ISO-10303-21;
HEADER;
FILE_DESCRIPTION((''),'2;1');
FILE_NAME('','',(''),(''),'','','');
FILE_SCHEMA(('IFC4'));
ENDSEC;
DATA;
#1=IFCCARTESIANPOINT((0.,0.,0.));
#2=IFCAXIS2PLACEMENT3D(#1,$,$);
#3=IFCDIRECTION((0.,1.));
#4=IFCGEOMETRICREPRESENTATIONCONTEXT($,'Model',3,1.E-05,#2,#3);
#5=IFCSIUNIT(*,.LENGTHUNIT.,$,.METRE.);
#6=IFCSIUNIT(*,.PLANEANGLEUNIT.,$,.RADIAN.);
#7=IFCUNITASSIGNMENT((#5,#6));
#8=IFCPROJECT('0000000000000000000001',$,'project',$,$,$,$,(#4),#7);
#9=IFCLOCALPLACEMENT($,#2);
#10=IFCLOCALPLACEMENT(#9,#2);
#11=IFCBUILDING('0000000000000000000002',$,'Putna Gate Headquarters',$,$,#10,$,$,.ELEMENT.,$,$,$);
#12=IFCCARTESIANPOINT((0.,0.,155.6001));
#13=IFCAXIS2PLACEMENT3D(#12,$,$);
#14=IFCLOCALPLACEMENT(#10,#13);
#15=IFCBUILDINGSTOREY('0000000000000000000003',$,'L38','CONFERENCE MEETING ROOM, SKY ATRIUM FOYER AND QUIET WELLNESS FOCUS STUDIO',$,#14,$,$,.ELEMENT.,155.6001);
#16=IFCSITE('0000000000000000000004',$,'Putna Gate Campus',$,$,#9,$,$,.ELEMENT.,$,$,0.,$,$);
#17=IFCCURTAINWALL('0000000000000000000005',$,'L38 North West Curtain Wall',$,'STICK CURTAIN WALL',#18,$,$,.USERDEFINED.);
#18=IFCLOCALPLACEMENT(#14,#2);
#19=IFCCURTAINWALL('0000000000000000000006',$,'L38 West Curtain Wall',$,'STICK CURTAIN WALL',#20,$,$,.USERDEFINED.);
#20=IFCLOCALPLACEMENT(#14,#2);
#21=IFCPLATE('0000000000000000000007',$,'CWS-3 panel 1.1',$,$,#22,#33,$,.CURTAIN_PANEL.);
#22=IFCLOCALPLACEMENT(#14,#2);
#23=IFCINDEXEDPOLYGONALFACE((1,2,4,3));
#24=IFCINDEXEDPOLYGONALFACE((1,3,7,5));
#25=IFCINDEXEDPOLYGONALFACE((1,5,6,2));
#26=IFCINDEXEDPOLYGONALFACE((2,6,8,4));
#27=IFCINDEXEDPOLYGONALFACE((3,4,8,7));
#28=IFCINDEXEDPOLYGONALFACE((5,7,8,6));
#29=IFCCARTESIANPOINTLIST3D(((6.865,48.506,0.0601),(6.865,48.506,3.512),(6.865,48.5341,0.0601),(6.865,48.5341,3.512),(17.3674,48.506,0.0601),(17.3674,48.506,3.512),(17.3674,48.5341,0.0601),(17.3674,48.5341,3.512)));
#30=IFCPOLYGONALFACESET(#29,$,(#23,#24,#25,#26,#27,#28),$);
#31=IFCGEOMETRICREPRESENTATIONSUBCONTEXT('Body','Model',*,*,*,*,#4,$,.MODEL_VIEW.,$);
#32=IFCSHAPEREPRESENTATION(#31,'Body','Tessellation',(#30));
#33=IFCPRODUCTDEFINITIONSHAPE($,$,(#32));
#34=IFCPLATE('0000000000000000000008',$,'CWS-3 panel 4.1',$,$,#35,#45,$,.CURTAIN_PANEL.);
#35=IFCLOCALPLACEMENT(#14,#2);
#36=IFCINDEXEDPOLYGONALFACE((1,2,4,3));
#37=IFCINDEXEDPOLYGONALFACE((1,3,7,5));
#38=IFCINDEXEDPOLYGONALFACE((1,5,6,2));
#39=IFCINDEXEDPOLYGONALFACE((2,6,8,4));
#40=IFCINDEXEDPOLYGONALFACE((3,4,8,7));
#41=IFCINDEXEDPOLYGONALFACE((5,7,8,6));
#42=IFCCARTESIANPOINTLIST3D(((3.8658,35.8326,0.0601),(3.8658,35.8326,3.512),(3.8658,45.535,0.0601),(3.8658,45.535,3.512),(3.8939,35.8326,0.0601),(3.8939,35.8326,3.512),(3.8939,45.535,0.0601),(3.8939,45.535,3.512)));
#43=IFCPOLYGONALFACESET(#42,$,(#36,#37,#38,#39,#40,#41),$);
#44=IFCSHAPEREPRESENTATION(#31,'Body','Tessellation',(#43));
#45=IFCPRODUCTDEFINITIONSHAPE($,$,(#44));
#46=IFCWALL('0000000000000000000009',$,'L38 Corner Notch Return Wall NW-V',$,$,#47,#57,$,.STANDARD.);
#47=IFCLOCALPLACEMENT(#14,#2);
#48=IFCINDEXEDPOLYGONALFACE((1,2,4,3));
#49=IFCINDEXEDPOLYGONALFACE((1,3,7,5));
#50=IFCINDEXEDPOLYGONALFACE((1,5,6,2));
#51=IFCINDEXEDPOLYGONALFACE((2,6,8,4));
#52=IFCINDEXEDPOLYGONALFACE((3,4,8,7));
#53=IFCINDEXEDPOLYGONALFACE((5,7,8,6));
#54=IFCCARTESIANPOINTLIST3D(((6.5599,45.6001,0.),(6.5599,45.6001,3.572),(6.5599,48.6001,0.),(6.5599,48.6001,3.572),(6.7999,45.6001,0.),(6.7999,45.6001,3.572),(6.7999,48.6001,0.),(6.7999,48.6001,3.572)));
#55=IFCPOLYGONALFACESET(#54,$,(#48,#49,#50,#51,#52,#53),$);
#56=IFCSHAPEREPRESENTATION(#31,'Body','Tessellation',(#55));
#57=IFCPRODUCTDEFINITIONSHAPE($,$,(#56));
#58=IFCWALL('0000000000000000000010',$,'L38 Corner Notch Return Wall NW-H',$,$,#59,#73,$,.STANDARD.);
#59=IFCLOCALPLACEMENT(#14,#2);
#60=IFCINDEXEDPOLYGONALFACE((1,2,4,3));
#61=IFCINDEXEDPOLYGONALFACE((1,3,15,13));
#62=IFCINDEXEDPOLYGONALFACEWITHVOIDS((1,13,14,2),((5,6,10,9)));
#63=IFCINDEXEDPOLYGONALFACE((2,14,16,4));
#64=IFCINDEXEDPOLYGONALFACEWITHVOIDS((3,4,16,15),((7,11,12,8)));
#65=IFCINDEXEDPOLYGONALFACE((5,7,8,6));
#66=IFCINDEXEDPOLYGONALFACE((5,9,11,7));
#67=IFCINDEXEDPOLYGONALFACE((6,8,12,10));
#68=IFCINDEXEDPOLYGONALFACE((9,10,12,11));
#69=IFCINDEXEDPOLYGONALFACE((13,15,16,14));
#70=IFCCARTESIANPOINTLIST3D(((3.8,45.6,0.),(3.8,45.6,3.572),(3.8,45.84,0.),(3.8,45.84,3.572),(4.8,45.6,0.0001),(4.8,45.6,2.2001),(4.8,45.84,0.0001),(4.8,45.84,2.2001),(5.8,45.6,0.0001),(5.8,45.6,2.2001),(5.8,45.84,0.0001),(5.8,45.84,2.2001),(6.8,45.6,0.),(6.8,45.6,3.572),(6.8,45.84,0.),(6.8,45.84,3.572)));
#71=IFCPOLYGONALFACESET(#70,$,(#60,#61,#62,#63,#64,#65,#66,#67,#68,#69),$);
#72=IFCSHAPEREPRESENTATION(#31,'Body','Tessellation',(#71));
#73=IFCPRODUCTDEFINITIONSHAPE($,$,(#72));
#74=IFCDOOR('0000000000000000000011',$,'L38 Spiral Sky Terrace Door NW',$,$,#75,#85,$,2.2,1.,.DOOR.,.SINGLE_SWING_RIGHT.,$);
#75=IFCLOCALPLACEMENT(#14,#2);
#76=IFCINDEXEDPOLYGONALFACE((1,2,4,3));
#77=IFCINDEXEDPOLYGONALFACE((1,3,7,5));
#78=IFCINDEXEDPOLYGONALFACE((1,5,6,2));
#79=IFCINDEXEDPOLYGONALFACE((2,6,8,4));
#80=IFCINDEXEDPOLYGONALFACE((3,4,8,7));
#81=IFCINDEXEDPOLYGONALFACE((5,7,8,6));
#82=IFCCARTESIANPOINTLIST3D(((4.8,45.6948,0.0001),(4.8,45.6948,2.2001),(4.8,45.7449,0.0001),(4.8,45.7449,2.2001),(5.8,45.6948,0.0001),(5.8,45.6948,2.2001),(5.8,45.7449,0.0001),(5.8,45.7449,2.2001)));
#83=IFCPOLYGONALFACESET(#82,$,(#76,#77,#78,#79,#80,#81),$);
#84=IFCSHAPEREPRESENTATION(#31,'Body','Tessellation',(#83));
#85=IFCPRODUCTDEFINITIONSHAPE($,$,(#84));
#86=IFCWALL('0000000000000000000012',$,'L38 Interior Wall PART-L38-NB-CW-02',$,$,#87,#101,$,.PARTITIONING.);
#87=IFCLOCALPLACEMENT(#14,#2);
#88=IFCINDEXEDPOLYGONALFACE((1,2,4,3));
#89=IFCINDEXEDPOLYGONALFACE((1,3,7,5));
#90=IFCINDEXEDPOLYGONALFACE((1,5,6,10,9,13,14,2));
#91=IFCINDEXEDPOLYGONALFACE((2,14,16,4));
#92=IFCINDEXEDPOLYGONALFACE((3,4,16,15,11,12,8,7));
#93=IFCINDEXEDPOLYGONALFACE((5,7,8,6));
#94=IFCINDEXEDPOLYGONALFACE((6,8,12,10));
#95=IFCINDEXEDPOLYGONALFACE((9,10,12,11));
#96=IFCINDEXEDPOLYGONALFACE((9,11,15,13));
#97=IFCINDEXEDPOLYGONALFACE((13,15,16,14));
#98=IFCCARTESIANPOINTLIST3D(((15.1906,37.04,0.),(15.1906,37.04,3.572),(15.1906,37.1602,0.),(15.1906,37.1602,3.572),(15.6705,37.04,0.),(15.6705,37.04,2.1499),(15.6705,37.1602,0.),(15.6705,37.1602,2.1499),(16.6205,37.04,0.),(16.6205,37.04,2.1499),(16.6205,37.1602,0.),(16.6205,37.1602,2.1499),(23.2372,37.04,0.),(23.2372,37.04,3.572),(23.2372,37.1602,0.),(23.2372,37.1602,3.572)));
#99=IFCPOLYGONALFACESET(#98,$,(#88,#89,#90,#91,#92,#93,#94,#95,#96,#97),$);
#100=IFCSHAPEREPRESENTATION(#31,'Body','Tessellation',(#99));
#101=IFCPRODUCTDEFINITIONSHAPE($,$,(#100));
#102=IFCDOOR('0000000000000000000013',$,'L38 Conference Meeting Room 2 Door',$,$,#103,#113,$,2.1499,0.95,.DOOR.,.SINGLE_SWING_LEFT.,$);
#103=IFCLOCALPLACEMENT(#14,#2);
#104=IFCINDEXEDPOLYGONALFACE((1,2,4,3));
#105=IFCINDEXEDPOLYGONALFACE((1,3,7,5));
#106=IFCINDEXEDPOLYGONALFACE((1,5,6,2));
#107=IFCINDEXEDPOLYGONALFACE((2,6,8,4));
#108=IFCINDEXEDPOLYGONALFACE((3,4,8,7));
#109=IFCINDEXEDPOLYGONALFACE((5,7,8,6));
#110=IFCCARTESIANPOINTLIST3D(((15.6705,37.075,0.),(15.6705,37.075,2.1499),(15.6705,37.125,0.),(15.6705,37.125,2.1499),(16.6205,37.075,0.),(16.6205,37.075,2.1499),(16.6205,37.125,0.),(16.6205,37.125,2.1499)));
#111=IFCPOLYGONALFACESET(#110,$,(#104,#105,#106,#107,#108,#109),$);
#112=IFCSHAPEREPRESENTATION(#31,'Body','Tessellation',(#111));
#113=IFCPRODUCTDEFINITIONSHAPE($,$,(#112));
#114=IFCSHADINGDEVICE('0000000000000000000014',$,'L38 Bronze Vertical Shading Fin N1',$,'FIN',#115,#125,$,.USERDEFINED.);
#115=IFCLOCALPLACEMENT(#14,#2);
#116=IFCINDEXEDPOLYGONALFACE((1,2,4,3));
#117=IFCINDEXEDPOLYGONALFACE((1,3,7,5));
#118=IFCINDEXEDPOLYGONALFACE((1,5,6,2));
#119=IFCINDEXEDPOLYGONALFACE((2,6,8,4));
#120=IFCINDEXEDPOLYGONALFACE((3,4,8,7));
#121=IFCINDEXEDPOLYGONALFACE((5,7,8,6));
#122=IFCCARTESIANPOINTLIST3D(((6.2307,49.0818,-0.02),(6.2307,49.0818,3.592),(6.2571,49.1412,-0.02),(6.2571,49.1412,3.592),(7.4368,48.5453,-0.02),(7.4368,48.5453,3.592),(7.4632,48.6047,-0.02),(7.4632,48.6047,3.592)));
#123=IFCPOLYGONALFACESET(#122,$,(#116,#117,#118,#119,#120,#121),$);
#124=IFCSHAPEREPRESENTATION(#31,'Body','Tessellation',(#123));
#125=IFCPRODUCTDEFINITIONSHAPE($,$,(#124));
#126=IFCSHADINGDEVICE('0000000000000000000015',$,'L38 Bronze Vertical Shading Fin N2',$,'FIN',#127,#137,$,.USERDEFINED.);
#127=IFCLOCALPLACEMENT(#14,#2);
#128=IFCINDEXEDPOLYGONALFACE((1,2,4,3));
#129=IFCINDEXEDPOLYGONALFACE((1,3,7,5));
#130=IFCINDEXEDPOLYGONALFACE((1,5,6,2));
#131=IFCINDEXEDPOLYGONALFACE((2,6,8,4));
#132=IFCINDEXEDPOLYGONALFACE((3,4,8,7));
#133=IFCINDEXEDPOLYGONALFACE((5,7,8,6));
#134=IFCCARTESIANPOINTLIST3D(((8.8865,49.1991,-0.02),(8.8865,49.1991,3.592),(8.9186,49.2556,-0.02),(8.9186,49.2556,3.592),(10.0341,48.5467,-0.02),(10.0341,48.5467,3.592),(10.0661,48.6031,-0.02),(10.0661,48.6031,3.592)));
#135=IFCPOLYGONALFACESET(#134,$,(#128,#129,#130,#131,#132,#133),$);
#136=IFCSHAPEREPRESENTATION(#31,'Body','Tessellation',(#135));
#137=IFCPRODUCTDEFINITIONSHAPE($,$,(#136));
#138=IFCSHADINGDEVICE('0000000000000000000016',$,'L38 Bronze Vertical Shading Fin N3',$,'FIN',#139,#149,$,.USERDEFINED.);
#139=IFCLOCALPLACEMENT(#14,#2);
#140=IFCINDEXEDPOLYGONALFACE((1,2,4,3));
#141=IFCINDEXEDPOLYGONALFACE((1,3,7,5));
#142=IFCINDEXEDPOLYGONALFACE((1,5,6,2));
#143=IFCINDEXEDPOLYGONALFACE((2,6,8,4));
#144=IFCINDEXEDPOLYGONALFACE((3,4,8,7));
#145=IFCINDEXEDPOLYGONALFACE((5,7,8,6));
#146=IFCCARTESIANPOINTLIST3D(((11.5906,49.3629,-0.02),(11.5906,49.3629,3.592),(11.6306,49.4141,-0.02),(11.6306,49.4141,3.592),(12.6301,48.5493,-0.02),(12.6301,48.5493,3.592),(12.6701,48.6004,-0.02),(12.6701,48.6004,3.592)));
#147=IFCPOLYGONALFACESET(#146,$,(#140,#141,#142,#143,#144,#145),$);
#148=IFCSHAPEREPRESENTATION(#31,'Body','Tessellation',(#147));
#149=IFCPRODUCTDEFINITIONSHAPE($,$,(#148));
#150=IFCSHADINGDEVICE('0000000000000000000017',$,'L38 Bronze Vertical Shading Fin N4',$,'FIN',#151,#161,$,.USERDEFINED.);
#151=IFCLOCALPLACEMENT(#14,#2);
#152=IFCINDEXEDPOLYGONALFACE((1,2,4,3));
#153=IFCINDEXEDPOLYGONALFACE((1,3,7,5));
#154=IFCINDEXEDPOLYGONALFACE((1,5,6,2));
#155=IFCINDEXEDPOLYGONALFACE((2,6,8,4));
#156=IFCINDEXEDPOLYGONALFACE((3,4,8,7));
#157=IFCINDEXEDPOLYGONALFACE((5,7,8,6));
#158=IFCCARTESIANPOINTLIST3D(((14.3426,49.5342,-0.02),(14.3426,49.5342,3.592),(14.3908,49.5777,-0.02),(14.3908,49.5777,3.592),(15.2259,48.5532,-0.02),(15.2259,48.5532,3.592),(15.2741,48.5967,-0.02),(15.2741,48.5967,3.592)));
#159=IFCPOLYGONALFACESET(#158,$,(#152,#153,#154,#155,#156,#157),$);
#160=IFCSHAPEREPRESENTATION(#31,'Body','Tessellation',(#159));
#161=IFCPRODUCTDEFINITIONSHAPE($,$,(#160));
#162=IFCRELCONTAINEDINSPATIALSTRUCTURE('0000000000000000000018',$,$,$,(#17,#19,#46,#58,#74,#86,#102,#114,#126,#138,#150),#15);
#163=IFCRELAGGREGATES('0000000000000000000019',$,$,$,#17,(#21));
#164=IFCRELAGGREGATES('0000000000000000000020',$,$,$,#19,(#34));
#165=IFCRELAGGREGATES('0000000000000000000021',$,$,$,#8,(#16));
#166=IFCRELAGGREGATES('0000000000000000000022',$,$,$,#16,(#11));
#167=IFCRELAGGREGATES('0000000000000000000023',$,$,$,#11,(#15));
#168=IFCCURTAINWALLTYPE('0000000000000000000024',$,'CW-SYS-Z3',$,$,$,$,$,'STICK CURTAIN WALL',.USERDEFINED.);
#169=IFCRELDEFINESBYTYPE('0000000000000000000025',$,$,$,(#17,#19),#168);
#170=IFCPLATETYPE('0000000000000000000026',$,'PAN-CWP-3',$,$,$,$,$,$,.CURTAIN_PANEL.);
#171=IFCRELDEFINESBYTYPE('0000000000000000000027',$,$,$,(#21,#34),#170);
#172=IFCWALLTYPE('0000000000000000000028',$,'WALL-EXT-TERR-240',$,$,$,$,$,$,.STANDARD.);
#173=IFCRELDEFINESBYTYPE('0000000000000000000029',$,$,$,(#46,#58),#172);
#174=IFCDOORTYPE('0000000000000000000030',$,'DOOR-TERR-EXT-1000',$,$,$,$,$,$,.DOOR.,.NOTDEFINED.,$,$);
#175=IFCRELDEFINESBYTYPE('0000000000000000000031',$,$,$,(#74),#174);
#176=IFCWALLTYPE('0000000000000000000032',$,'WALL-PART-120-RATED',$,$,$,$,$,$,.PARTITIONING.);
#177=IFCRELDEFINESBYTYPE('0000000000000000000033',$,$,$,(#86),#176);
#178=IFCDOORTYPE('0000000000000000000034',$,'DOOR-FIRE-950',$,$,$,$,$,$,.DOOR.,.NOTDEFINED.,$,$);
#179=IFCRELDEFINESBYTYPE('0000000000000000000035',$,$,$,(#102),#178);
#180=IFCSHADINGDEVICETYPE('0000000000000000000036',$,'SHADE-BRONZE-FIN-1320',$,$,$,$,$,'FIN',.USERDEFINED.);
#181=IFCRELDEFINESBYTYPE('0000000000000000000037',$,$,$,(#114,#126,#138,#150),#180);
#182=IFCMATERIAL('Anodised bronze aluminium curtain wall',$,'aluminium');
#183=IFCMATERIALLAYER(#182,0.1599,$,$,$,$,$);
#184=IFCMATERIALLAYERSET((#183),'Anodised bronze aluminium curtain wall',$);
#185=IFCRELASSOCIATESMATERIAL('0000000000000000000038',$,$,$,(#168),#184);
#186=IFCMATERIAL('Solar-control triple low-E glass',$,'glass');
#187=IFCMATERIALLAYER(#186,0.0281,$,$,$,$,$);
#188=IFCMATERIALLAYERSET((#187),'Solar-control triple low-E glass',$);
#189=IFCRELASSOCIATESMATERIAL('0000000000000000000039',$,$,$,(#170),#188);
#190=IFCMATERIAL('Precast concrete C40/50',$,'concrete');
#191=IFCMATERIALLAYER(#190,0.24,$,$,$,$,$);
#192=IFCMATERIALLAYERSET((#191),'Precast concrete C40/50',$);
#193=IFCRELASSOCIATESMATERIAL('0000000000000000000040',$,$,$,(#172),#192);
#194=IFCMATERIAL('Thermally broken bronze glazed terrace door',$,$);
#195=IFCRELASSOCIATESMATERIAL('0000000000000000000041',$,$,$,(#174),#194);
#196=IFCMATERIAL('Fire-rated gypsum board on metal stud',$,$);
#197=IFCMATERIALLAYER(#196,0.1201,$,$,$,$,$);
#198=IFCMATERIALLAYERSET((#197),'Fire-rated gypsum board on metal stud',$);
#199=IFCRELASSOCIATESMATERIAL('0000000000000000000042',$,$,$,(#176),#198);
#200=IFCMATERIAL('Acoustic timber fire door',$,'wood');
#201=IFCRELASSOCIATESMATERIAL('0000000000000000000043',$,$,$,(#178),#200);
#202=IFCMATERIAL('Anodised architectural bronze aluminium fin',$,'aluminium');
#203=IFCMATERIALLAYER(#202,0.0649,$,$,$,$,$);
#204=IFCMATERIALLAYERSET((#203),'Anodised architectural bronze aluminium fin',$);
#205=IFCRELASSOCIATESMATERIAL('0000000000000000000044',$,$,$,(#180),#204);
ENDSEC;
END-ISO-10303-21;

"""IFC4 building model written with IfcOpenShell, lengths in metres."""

from ifc_helpers import new_model, si_unit, direction, frame, frame_2d, origin, origin_2d, place, context, subcontext, project, spatial, rectangle, extrude, material, layer, layer_set, type_object, element, fill, aggregate, save


model = new_model("IFC4")

# Units and contexts
model_context = context("Model", 3, precision=1e-05, world=origin(), true_north=direction((0.0, 1.0)))
body_context = subcontext(model_context, "Body", "Model", "MODEL_VIEW")
ifc_project = project(units=[si_unit("LENGTHUNIT", "METRE"), si_unit("PLANEANGLEUNIT", "RADIAN")], contexts=[model_context])

# Site, building, storey
site_placement = place(None, origin())
site = spatial("IfcSite", under=ifc_project, at=site_placement, Name="Putna Gate Campus", CompositionType="ELEMENT", RefElevation=0.0)
building_placement = place(site_placement, origin())
building = spatial("IfcBuilding", under=site, at=building_placement, Name="Putna Gate Headquarters", CompositionType="ELEMENT")
storey_placement = place(building_placement, frame((0.0, 0.0, 155.6001)))
storey = spatial("IfcBuildingStorey", under=building, at=storey_placement, Name="L38", Description="CONFERENCE MEETING ROOM, SKY ATRIUM FOYER AND QUIET WELLNESS FOCUS STUDIO", CompositionType="ELEMENT", Elevation=155.6001)

# Curtain wall
ifc_material_1 = material(Name="Anodised bronze aluminium curtain wall", Category="aluminium")
ifc_layer_1 = layer(ifc_material_1, 0.1599)
ifc_layer_set_1 = layer_set([ifc_layer_1], Name="Anodised bronze aluminium curtain wall")
curtain_wall_type = type_object("IfcCurtainWallType", Name="CW-SYS-Z3", ElementType="STICK CURTAIN WALL", PredefinedType="USERDEFINED", material=ifc_layer_set_1)
curtain_wall_1_placement = place(storey_placement, origin())
curtain_wall_1 = element("IfcCurtainWall", 1, at=curtain_wall_1_placement, inside=storey, type_object=curtain_wall_type, Name="L38 North West Curtain Wall", ObjectType="STICK CURTAIN WALL", PredefinedType="USERDEFINED")

# Curtain wall
curtain_wall_2_placement = place(storey_placement, origin())
curtain_wall_2 = element("IfcCurtainWall", 2, at=curtain_wall_2_placement, inside=storey, type_object=curtain_wall_type, Name="L38 West Curtain Wall", ObjectType="STICK CURTAIN WALL", PredefinedType="USERDEFINED")

# Plates
ifc_material_2 = material(Name="Solar-control triple low-E glass", Category="glass")
ifc_layer_2 = layer(ifc_material_2, 0.0281)
ifc_layer_set_2 = layer_set([ifc_layer_2], Name="Solar-control triple low-E glass")
plate_type = type_object("IfcPlateType", Name="PAN-CWP-3", PredefinedType="CURTAIN_PANEL", material=ifc_layer_set_2)
plate_1_placement = place(storey_placement, frame((12.1162, 48.52, 0.0601), z_axis=(0.0, 0.0, 1.0), x_axis=(1.0, 0.0, 0.0)))
plate_1 = element("IfcPlate", 3, at=plate_1_placement, type_object=plate_type, Name="CWS-3 panel 1.1", PredefinedType="CURTAIN_PANEL", context=body_context, shape_type="SweptSolid", body=[
    extrude(rectangle(XDim=10.5024, YDim=0.0281, at=origin_2d()), origin(), (0.0, 0.0, 1.0), 3.4519),
])
aggregate(curtain_wall_1, [plate_1])
plate_2_placement = place(storey_placement, frame((3.8799, 40.6838, 0.0601), z_axis=(0.0, 0.0, 1.0), x_axis=(0.0, 1.0, 0.0)))
plate_2 = element("IfcPlate", 4, at=plate_2_placement, type_object=plate_type, Name="CWS-3 panel 4.1", PredefinedType="CURTAIN_PANEL", context=body_context, shape_type="SweptSolid", body=[
    extrude(rectangle(XDim=9.7024, YDim=0.0281, at=origin_2d()), origin(), (0.0, 0.0, 1.0), 3.4519),
])
aggregate(curtain_wall_2, [plate_2])

# Wall
ifc_material_3 = material(Name="Precast concrete C40/50", Category="concrete")
ifc_layer_3 = layer(ifc_material_3, 0.24)
ifc_layer_set_3 = layer_set([ifc_layer_3], Name="Precast concrete C40/50")
wall_type_1 = type_object("IfcWallType", Name="WALL-EXT-TERR-240", PredefinedType="STANDARD", material=ifc_layer_set_3)
wall_1_placement = place(storey_placement, frame((6.6799, 45.6001, 0.0), z_axis=(0.0, 0.0, 1.0), x_axis=(0.0, 1.0, 0.0)))
element("IfcWall", 5, at=wall_1_placement, inside=storey, type_object=wall_type_1, Name="L38 Corner Notch Return Wall NW-V", PredefinedType="STANDARD", context=body_context, shape_type="SweptSolid", body=[
    extrude(rectangle(XDim=3.0, YDim=0.24, at=frame_2d((1.5, 0.0))), origin(), (0.0, 0.0, 1.0), 3.572),
])

# Walls, openings, doors
wall_2_placement = place(storey_placement, frame((3.8, 45.72, 0.0), z_axis=(0.0, 0.0, 1.0), x_axis=(1.0, 0.0, 0.0)))
wall_2 = element("IfcWall", 6, at=wall_2_placement, inside=storey, type_object=wall_type_1, Name="L38 Corner Notch Return Wall NW-H", PredefinedType="STANDARD", context=body_context, shape_type="SweptSolid", body=[
    extrude(rectangle(XDim=3.0, YDim=0.24, at=frame_2d((1.5, 0.0))), origin(), (0.0, 0.0, 1.0), 3.572),
])
opening_1_placement = place(wall_2_placement, frame((1.0, 0.0, 0.0)))
opening_1 = element("IfcOpeningElement", 7, at=opening_1_placement, cuts=wall_2, PredefinedType="OPENING", context=body_context, shape_type="SweptSolid", body=[
    extrude(rectangle(XDim=1.0, YDim=2.2, at=frame_2d((0.5, 1.1001))), frame((0.0, 0.1299, 0.0), z_axis=(0.0, -1.0, 0.0), x_axis=(1.0, 0.0, 0.0)), (0.0, 0.0, 1.0), 0.26),
])
ifc_material_4 = material(Name="Thermally broken bronze glazed terrace door")
door_type_1 = type_object("IfcDoorType", Name="DOOR-TERR-EXT-1000", OperationType="NOTDEFINED", PredefinedType="DOOR", material=ifc_material_4)
door_1_placement = place(opening_1_placement, origin())
door_1 = element("IfcDoor", 8, at=door_1_placement, inside=storey, type_object=door_type_1, Name="L38 Spiral Sky Terrace Door NW", OperationType="SINGLE_SWING_RIGHT", OverallHeight=2.2, OverallWidth=1.0, PredefinedType="DOOR", context=body_context, shape_type="SweptSolid", body=[
    extrude(rectangle(XDim=1.0, YDim=2.2, at=frame_2d((0.5, 1.1001))), frame((0.0, 0.0249, 0.0), z_axis=(0.0, -1.0, 0.0), x_axis=(1.0, 0.0, 0.0)), (0.0, 0.0, 1.0), 0.05),
])
fill(opening_1, door_1)
ifc_material_5 = material(Name="Fire-rated gypsum board on metal stud")
ifc_layer_4 = layer(ifc_material_5, 0.1201)
ifc_layer_set_4 = layer_set([ifc_layer_4], Name="Fire-rated gypsum board on metal stud")
wall_type_2 = type_object("IfcWallType", Name="WALL-PART-120-RATED", PredefinedType="PARTITIONING", material=ifc_layer_set_4)
wall_3_placement = place(storey_placement, frame((15.1904, 37.1001, 0.0), z_axis=(0.0, 0.0, 1.0), x_axis=(1.0, 0.0, 0.0)))
wall_3 = element("IfcWall", 9, at=wall_3_placement, inside=storey, type_object=wall_type_2, Name="L38 Interior Wall PART-L38-NB-CW-02", PredefinedType="PARTITIONING", context=body_context, shape_type="SweptSolid", body=[
    extrude(rectangle(XDim=8.0466, YDim=0.1201, at=frame_2d((4.0234, 0.0))), origin(), (0.0, 0.0, 1.0), 3.572),
])
opening_2_placement = place(wall_3_placement, frame((0.48, 0.0, 0.0)))
opening_2 = element("IfcOpeningElement", 10, at=opening_2_placement, cuts=wall_3, PredefinedType="OPENING", context=body_context, shape_type="SweptSolid", body=[
    extrude(rectangle(XDim=0.95, YDim=2.1499, at=frame_2d((0.4751, 1.075))), frame((0.0, 0.0701, 0.0), z_axis=(0.0, -1.0, 0.0), x_axis=(1.0, 0.0, 0.0)), (0.0, 0.0, 1.0), 0.1401),
])
ifc_material_6 = material(Name="Acoustic timber fire door", Category="wood")
door_type_2 = type_object("IfcDoorType", Name="DOOR-FIRE-950", OperationType="NOTDEFINED", PredefinedType="DOOR", material=ifc_material_6)
door_2_placement = place(opening_2_placement, origin())
door_2 = element("IfcDoor", 11, at=door_2_placement, inside=storey, type_object=door_type_2, Name="L38 Conference Meeting Room 2 Door", OperationType="SINGLE_SWING_LEFT", OverallHeight=2.1499, OverallWidth=0.95, PredefinedType="DOOR", context=body_context, shape_type="SweptSolid", body=[
    extrude(rectangle(XDim=0.95, YDim=2.1499, at=frame_2d((0.4751, 1.075))), frame((0.0, 0.0249, 0.0), z_axis=(0.0, -1.0, 0.0), x_axis=(1.0, 0.0, 0.0)), (0.0, 0.0, 1.0), 0.05),
])
fill(opening_2, door_2)

# Shading devices
ifc_material_7 = material(Name="Anodised architectural bronze aluminium fin", Category="aluminium")
ifc_layer_5 = layer(ifc_material_7, 0.0649)
ifc_layer_set_5 = layer_set([ifc_layer_5], Name="Anodised architectural bronze aluminium fin")
shading_device_type = type_object("IfcShadingDeviceType", Name="SHADE-BRONZE-FIN-1320", ElementType="FIN", PredefinedType="USERDEFINED", material=ifc_layer_set_5)
for number, where, z_axis, x_axis, name in (
    (12, (6.8469, 48.8433, -0.02), (0.0, 0.0, 1.0), (-0.913687, 0.406418, 0.0), "L38 Bronze Vertical Shading Fin N1"),
    (13, (9.4763, 48.9011, -0.02), (0.0, 0.0, 1.0), (-0.869322, 0.494245, 0.0), "L38 Bronze Vertical Shading Fin N2"),
    (14, (12.1304, 48.9817, -0.02), (0.0, 0.0, 1.0), (-0.787473, 0.616349, 0.0), "L38 Bronze Vertical Shading Fin N3"),
    (15, (14.8083, 49.0654, -0.02), (0.0, 0.0, 1.0), (-0.669131, 0.743145, 0.0), "L38 Bronze Vertical Shading Fin N4"),
):
    element("IfcShadingDevice", number, at=place(storey_placement, frame(where, z_axis=z_axis, x_axis=x_axis)), inside=storey, type_object=shading_device_type, Name=name, ObjectType="FIN", PredefinedType="USERDEFINED", context=body_context, shape_type="SweptSolid", body=[
        extrude(rectangle(XDim=1.3201, YDim=0.0649, at=origin_2d()), origin(), (0.0, 0.0, 1.0), 3.6121),
    ])

save(model, "model.ifc")
